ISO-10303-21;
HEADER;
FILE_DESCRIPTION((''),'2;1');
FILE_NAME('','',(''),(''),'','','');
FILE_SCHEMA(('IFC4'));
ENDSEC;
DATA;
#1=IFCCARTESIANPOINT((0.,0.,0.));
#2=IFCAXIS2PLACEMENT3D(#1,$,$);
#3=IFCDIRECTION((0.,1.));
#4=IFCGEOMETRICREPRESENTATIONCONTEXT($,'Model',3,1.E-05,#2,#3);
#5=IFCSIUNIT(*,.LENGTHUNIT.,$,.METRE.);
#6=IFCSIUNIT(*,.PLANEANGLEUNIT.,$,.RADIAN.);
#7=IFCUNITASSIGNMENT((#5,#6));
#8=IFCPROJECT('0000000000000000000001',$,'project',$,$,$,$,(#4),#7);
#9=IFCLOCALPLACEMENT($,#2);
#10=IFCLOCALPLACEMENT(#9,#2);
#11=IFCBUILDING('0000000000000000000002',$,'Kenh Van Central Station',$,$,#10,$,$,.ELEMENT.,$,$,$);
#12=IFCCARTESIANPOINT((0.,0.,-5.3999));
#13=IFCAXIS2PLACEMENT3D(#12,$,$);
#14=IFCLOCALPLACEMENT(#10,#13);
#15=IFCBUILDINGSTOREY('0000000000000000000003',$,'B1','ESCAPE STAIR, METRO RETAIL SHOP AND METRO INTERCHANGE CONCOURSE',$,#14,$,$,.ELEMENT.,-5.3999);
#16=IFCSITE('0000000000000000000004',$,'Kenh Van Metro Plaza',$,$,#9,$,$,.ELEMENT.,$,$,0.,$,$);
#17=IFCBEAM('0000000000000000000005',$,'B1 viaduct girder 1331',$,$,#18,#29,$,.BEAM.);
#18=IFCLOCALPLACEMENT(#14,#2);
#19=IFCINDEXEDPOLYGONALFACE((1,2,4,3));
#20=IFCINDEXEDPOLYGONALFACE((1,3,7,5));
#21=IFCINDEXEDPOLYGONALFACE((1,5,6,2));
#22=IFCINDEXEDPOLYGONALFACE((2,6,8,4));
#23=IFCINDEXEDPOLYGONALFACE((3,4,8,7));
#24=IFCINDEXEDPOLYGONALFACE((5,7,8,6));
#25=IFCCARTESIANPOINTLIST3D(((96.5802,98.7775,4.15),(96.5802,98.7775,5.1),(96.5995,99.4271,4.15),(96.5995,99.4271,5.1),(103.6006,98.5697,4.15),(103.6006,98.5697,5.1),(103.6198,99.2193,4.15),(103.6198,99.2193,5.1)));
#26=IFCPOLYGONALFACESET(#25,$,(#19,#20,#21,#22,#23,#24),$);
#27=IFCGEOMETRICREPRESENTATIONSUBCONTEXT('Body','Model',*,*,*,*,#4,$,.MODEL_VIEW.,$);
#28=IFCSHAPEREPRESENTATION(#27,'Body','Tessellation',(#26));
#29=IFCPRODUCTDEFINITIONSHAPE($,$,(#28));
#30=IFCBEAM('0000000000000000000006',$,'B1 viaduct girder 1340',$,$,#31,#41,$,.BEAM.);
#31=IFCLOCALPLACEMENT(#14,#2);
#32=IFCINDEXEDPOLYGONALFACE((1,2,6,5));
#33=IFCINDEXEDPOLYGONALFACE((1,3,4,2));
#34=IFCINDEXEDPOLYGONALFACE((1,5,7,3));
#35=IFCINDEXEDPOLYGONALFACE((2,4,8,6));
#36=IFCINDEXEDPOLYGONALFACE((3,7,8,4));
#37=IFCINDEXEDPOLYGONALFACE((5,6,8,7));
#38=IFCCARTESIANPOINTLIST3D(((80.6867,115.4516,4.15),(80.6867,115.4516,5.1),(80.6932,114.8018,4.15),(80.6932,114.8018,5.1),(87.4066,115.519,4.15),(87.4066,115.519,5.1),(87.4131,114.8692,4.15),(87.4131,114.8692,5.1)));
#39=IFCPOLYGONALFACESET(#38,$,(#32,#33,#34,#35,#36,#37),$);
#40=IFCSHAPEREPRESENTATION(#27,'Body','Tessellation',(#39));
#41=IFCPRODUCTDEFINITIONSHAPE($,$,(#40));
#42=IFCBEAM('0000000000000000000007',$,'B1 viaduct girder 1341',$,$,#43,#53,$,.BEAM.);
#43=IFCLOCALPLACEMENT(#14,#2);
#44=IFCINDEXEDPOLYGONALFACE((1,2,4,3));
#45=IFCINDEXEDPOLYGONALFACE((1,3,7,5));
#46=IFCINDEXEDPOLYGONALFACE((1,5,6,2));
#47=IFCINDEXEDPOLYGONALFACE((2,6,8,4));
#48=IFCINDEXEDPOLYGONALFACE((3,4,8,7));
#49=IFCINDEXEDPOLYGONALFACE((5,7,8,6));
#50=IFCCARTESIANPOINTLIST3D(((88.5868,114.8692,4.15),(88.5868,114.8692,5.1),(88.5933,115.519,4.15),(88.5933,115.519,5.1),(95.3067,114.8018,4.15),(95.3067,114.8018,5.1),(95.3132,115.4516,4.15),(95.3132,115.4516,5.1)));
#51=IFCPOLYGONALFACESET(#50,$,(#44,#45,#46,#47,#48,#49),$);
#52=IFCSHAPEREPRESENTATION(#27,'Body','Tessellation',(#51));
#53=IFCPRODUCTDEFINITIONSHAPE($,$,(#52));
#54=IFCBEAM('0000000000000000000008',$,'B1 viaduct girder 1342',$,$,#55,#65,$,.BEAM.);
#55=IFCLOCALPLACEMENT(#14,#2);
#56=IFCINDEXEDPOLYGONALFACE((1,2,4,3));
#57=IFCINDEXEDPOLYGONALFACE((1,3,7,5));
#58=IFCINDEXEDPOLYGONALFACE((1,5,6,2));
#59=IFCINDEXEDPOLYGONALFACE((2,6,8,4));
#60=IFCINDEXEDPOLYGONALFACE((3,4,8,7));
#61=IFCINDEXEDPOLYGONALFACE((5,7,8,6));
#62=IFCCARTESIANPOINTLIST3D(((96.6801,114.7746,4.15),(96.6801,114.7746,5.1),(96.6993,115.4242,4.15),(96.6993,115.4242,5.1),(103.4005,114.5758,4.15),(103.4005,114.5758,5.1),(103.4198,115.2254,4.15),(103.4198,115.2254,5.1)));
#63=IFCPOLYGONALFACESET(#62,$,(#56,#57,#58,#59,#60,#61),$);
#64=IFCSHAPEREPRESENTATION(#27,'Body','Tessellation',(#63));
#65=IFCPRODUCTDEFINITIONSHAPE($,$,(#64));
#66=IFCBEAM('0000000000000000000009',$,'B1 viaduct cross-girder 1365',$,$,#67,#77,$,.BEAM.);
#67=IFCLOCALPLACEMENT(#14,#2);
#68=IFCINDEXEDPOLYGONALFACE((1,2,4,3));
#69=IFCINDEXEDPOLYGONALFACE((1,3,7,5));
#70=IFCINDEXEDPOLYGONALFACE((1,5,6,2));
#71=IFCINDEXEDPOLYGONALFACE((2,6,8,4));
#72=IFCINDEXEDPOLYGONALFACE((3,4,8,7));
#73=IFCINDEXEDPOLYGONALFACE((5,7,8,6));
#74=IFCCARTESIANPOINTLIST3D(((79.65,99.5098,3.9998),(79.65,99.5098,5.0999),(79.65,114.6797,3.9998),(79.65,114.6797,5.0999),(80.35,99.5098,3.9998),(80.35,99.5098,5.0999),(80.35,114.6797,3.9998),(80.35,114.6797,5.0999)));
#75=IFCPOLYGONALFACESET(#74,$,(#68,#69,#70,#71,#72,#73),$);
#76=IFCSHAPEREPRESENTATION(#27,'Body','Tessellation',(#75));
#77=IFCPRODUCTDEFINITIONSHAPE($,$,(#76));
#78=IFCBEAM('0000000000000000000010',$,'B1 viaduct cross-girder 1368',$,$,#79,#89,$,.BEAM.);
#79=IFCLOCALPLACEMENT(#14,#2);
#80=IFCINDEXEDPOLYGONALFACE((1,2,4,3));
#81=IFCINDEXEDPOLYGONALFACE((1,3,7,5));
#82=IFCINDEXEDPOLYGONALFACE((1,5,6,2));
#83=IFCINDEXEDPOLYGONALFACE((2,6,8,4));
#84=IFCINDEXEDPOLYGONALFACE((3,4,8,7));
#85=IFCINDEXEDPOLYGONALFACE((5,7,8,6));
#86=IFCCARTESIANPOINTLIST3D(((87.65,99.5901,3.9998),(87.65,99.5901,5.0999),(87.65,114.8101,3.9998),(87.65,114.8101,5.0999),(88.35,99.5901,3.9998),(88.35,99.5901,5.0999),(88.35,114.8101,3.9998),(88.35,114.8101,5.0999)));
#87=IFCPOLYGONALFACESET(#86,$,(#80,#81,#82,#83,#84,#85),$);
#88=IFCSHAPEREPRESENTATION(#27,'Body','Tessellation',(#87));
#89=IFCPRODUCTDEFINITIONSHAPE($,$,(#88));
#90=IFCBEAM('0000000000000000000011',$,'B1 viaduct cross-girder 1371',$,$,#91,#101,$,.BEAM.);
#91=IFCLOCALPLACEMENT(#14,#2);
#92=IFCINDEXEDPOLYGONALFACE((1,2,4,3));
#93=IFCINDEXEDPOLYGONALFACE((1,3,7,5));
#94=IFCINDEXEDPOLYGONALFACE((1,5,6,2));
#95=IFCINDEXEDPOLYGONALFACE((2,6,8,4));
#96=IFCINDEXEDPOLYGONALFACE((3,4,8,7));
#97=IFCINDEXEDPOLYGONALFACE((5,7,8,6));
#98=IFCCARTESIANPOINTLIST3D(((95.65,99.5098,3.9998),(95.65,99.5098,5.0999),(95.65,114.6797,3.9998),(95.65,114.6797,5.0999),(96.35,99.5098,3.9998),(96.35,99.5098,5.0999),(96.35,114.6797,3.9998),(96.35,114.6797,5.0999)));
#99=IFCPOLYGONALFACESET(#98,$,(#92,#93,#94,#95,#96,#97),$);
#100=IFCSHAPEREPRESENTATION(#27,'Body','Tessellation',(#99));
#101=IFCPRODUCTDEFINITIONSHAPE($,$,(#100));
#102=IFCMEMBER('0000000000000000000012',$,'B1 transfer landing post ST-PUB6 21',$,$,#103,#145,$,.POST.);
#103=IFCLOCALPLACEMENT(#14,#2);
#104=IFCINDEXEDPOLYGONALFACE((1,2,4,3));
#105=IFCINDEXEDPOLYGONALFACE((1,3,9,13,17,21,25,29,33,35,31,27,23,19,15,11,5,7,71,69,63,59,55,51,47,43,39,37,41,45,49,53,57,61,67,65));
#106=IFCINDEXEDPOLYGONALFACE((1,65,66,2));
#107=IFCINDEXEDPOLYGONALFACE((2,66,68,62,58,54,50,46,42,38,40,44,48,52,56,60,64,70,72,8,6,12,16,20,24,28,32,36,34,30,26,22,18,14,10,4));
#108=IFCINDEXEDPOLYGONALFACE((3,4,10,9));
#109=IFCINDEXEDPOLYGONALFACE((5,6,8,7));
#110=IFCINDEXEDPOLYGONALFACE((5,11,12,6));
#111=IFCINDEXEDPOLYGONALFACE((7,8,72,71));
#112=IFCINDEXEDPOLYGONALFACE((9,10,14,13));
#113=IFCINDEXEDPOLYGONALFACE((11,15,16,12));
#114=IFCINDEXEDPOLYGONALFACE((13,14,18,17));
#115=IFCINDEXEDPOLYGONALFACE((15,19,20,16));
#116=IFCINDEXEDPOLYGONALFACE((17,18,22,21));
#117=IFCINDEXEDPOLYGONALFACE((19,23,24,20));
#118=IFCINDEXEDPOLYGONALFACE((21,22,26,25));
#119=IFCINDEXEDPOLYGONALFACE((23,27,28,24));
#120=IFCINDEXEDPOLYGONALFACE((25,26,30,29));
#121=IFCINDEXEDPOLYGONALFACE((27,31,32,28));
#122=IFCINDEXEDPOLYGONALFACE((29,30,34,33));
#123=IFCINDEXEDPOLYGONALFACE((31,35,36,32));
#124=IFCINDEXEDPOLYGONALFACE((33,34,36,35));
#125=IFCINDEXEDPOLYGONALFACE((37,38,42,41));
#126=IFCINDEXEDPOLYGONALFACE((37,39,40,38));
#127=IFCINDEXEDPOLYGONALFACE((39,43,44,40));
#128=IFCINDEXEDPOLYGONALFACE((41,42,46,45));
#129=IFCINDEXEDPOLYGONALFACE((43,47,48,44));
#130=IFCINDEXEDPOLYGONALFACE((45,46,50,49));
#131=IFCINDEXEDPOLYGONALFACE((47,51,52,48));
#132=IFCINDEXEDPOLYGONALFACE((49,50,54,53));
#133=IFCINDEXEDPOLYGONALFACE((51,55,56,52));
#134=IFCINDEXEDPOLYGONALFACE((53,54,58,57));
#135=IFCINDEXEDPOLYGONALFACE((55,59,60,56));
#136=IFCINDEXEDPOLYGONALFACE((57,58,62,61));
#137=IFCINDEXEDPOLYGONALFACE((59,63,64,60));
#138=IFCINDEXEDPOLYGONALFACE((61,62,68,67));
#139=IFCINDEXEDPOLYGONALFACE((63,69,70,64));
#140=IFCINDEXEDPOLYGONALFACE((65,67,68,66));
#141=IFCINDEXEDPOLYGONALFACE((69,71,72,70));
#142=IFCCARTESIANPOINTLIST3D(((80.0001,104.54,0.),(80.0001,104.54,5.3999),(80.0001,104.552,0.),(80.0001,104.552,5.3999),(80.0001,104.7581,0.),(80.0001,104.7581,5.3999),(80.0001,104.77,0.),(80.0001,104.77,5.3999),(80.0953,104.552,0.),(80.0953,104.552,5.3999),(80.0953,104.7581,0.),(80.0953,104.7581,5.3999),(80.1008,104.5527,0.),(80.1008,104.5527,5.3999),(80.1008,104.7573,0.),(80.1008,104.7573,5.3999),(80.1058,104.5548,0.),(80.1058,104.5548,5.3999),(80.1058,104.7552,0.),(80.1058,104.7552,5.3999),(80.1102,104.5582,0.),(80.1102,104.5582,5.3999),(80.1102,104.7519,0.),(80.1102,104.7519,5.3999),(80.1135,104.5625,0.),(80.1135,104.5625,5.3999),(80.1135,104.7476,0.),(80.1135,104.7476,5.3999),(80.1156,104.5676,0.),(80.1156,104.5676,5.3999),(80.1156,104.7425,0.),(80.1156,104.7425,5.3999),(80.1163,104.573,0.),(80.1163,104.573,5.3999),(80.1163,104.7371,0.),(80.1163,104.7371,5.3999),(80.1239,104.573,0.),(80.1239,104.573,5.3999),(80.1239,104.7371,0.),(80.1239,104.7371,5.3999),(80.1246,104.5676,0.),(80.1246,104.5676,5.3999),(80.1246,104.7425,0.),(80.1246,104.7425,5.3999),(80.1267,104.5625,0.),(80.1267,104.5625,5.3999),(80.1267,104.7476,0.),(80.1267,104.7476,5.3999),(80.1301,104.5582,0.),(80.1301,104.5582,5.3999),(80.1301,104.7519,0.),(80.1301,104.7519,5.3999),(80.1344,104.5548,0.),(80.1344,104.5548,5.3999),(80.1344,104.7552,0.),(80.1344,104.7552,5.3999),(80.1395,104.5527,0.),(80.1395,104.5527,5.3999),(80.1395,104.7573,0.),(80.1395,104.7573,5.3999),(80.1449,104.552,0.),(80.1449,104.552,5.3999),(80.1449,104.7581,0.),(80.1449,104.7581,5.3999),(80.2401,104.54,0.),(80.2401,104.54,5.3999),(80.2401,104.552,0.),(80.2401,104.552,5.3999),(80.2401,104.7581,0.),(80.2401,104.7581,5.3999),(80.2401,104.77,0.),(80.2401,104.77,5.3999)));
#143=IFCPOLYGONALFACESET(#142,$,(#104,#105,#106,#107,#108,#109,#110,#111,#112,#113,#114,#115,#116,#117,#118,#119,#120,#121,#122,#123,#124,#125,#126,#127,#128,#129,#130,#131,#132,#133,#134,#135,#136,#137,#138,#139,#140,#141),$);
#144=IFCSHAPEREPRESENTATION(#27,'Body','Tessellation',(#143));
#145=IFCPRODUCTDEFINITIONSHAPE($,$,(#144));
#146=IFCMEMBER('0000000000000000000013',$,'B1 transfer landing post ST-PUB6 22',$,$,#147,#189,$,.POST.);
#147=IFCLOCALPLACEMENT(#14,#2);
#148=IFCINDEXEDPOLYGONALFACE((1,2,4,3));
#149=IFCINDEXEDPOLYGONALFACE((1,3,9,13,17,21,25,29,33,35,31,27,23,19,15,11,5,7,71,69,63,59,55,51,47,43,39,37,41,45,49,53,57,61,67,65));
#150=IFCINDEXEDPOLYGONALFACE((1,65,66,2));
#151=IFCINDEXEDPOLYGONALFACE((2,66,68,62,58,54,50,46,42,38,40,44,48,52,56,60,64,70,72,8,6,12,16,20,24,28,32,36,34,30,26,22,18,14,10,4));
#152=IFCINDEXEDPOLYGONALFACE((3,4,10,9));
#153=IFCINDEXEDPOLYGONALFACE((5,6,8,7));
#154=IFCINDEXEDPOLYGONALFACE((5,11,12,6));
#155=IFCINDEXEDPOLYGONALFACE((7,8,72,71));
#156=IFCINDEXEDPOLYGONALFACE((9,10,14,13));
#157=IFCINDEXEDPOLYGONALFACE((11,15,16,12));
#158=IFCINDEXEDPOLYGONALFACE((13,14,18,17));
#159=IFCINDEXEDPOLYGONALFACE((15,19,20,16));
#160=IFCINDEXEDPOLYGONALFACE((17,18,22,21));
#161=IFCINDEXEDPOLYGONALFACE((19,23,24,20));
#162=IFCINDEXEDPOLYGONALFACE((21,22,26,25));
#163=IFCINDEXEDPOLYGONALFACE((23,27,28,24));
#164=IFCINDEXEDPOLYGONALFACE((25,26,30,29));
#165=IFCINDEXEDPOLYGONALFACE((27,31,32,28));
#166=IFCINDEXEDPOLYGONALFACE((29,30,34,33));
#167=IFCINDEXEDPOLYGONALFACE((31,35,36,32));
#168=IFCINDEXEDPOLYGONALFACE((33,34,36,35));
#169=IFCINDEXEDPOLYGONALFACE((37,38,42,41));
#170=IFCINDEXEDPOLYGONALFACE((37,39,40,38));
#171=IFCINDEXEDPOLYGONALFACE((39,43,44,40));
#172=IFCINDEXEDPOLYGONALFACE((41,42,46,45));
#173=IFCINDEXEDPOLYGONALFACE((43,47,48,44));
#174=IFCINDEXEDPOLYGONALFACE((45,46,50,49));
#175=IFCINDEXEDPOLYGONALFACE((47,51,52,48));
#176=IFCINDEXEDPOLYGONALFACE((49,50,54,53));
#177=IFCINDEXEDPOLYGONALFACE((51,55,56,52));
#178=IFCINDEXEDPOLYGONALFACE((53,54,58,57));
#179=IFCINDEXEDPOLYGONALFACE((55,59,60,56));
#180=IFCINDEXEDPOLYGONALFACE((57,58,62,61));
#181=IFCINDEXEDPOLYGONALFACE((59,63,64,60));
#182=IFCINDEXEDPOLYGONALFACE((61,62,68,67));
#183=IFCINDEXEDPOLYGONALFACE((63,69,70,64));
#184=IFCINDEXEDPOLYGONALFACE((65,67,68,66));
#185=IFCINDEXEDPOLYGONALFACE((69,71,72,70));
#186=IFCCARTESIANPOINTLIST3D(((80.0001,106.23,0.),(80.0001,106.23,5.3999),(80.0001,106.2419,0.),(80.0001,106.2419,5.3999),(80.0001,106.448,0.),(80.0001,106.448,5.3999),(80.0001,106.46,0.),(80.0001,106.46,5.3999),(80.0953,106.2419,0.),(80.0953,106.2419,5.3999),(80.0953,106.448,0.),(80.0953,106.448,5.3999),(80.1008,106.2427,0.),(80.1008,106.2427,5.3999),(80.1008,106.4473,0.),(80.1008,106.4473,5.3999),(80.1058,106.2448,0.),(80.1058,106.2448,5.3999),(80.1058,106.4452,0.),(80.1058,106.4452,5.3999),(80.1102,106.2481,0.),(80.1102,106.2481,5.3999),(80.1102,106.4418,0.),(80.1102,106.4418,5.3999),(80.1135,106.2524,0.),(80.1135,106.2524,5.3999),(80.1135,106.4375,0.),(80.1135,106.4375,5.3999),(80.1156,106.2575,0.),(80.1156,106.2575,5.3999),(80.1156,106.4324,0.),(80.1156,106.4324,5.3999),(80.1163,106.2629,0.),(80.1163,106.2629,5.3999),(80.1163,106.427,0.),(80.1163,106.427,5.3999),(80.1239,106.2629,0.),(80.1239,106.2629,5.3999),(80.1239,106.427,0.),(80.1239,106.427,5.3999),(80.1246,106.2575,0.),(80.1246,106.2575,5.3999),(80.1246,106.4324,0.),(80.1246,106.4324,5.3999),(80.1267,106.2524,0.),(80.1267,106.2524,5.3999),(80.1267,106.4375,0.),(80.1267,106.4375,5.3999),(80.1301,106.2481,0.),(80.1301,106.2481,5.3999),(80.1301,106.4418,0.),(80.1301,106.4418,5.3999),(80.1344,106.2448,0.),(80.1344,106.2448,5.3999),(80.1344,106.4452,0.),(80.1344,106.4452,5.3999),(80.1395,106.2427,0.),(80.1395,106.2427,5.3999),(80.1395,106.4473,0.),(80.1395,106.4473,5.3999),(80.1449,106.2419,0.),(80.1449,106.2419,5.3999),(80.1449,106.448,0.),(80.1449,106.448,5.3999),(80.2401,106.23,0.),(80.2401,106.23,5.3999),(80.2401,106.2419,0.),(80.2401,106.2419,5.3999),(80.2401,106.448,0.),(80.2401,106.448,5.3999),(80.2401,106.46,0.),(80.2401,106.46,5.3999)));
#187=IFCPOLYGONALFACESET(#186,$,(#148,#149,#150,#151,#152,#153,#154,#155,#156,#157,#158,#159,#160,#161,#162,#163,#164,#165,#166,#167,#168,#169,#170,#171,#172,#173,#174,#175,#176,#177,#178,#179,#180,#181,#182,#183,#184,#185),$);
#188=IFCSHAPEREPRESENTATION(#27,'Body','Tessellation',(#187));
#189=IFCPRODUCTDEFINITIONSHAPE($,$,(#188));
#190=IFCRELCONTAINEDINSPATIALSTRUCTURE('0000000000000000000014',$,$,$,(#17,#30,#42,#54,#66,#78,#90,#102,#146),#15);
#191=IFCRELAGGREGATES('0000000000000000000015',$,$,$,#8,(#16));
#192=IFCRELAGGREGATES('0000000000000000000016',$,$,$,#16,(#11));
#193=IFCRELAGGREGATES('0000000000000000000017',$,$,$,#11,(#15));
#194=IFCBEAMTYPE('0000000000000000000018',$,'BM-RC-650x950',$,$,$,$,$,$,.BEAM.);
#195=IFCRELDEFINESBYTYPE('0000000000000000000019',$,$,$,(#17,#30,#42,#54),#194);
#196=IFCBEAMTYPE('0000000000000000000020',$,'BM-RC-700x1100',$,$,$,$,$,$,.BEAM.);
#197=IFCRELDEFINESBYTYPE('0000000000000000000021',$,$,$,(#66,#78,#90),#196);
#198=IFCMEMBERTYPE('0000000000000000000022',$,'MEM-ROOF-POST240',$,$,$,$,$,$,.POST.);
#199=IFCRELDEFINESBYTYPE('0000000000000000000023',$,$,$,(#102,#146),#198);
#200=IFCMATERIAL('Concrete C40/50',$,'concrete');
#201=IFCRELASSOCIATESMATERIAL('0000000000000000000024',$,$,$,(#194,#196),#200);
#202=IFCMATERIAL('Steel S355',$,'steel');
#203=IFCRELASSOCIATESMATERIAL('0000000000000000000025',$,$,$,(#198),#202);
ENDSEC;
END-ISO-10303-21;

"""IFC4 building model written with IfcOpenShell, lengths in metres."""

from ifc_helpers import new_model, si_unit, direction, frame, origin, origin_2d, place, context, subcontext, project, spatial, rectangle, i_section, extrude, material, material_profile, profile_set, type_object, element, save


model = new_model("IFC4")

# Units and contexts
model_context = context("Model", 3, precision=1e-05, world=origin(), true_north=direction((0.0, 1.0)))
body_context = subcontext(model_context, "Body", "Model", "MODEL_VIEW")
ifc_project = project(units=[si_unit("LENGTHUNIT", "METRE"), si_unit("PLANEANGLEUNIT", "RADIAN")], contexts=[model_context])

# Site, building, storey
site_placement = place(None, origin())
site = spatial("IfcSite", under=ifc_project, at=site_placement, Name="Kenh Van Metro Plaza", CompositionType="ELEMENT", RefElevation=0.0)
building_placement = place(site_placement, origin())
building = spatial("IfcBuilding", under=site, at=building_placement, Name="Kenh Van Central Station", CompositionType="ELEMENT")
storey_placement = place(building_placement, frame((0.0, 0.0, -5.3999)))
storey = spatial("IfcBuildingStorey", under=building, at=storey_placement, Name="B1", Description="ESCAPE STAIR, METRO RETAIL SHOP AND METRO INTERCHANGE CONCOURSE", CompositionType="ELEMENT", Elevation=-5.3999)

# Shared definitions
ifc_material_1 = material(Name="Concrete C40/50", Category="concrete")

# Beams
ifc_material_profile_1 = material_profile(ifc_material_1, rectangle(XDim=0.6499, YDim=0.95, at=origin_2d()), Name="RC 650x950")
ifc_profile_set_1 = profile_set([ifc_material_profile_1], Name="Concrete C40/50")
beam_type_1 = type_object("IfcBeamType", Name="BM-RC-650x950", PredefinedType="BEAM", material=ifc_profile_set_1)
beam_1_placement = place(storey_placement, frame((96.5898, 99.1023, 4.625), z_axis=(0.999562, -0.029582, 0.0), x_axis=(0.029582, 0.999562, 0.0)))
element("IfcBeam", 1, at=beam_1_placement, inside=storey, type_object=beam_type_1, Name="B1 viaduct girder 1331", PredefinedType="BEAM", context=body_context, shape_type="SweptSolid", body=[
    extrude(rectangle(XDim=0.6499, YDim=0.95, at=origin_2d()), origin(), (0.0, 0.0, 1.0), 7.0234),
])
for number, where, z_axis, x_axis, name in (
    (2, (80.6899, 115.1267, 4.625), (0.99995, 0.010027, 0.0), (-0.010027, 0.99995, 0.0), "B1 viaduct girder 1340"),
    (3, (88.5901, 115.1941, 4.625), (0.99995, -0.010027, 0.0), (0.010027, 0.99995, 0.0), "B1 viaduct girder 1341"),
):
    element("IfcBeam", number, at=place(storey_placement, frame(where, z_axis=z_axis, x_axis=x_axis)), inside=storey, type_object=beam_type_1, Name=name, PredefinedType="BEAM", context=body_context, shape_type="SweptSolid", body=[
        extrude(rectangle(XDim=0.6499, YDim=0.95, at=origin_2d()), origin(), (0.0, 0.0, 1.0), 6.7202),
    ])
beam_2_placement = place(storey_placement, frame((96.6897, 115.0994, 4.625), z_axis=(0.999563, -0.029558, 0.0), x_axis=(0.029558, 0.999563, 0.0)))
element("IfcBeam", 4, at=beam_2_placement, inside=storey, type_object=beam_type_1, Name="B1 viaduct girder 1342", PredefinedType="BEAM", context=body_context, shape_type="SweptSolid", body=[
    extrude(rectangle(XDim=0.6499, YDim=0.95, at=origin_2d()), origin(), (0.0, 0.0, 1.0), 6.7234),
])
ifc_material_profile_2 = material_profile(ifc_material_1, rectangle(XDim=0.7, YDim=1.1001, at=origin_2d()), Name="RC 700x1100")
ifc_profile_set_2 = profile_set([ifc_material_profile_2], Name="Concrete C40/50")
beam_type_2 = type_object("IfcBeamType", Name="BM-RC-700x1100", PredefinedType="BEAM", material=ifc_profile_set_2)
beam_3_placement = place(storey_placement, frame((80.0, 99.5098, 4.5498), z_axis=(0.0, 1.0, 0.0), x_axis=(-1.0, 0.0, 0.0)))
element("IfcBeam", 5, at=beam_3_placement, inside=storey, type_object=beam_type_2, Name="B1 viaduct cross-girder 1365", PredefinedType="BEAM", context=body_context, shape_type="SweptSolid", body=[
    extrude(rectangle(XDim=0.7, YDim=1.1001, at=origin_2d()), origin(), (0.0, 0.0, 1.0), 15.1699),
])
beam_4_placement = place(storey_placement, frame((88.0, 99.5901, 4.5498), z_axis=(0.0, 1.0, 0.0), x_axis=(-1.0, 0.0, 0.0)))
element("IfcBeam", 6, at=beam_4_placement, inside=storey, type_object=beam_type_2, Name="B1 viaduct cross-girder 1368", PredefinedType="BEAM", context=body_context, shape_type="SweptSolid", body=[
    extrude(rectangle(XDim=0.7, YDim=1.1001, at=origin_2d()), origin(), (0.0, 0.0, 1.0), 15.22),
])
beam_5_placement = place(storey_placement, frame((96.0, 99.5098, 4.5498), z_axis=(0.0, 1.0, 0.0), x_axis=(-1.0, 0.0, 0.0)))
element("IfcBeam", 7, at=beam_5_placement, inside=storey, type_object=beam_type_2, Name="B1 viaduct cross-girder 1371", PredefinedType="BEAM", context=body_context, shape_type="SweptSolid", body=[
    extrude(rectangle(XDim=0.7, YDim=1.1001, at=origin_2d()), origin(), (0.0, 0.0, 1.0), 15.1699),
])

# Members
ifc_material_2 = material(Name="Steel S355", Category="steel")
ifc_material_profile_3 = material_profile(ifc_material_2, i_section(OverallWidth=0.24, OverallDepth=0.23, WebThickness=0.0076, FlangeThickness=0.012, FilletRadius=0.021, at=origin_2d()), Name="HEA 240")
ifc_profile_set_3 = profile_set([ifc_material_profile_3], Name="Steel S355")
member_type = type_object("IfcMemberType", Name="MEM-ROOF-POST240", PredefinedType="POST", material=ifc_profile_set_3)
for number, where, z_axis, x_axis, name in (
    (8, (80.1201, 104.655, 0.0), (0.0, 0.0, 1.0), (1.0, 0.0, 0.0), "B1 transfer landing post ST-PUB6 21"),
    (9, (80.1201, 106.345, 0.0), (0.0, 0.0, 1.0), (1.0, 0.0, 0.0), "B1 transfer landing post ST-PUB6 22"),
):
    element("IfcMember", number, at=place(storey_placement, frame(where, z_axis=z_axis, x_axis=x_axis)), inside=storey, type_object=member_type, Name=name, PredefinedType="POST", context=body_context, shape_type="SweptSolid", body=[
        extrude(i_section(OverallWidth=0.24, OverallDepth=0.23, WebThickness=0.0076, FlangeThickness=0.012, FilletRadius=0.021, at=origin_2d()), origin(), (0.0, 0.0, 1.0), 5.3999),
    ])

save(model, "model.ifc")
